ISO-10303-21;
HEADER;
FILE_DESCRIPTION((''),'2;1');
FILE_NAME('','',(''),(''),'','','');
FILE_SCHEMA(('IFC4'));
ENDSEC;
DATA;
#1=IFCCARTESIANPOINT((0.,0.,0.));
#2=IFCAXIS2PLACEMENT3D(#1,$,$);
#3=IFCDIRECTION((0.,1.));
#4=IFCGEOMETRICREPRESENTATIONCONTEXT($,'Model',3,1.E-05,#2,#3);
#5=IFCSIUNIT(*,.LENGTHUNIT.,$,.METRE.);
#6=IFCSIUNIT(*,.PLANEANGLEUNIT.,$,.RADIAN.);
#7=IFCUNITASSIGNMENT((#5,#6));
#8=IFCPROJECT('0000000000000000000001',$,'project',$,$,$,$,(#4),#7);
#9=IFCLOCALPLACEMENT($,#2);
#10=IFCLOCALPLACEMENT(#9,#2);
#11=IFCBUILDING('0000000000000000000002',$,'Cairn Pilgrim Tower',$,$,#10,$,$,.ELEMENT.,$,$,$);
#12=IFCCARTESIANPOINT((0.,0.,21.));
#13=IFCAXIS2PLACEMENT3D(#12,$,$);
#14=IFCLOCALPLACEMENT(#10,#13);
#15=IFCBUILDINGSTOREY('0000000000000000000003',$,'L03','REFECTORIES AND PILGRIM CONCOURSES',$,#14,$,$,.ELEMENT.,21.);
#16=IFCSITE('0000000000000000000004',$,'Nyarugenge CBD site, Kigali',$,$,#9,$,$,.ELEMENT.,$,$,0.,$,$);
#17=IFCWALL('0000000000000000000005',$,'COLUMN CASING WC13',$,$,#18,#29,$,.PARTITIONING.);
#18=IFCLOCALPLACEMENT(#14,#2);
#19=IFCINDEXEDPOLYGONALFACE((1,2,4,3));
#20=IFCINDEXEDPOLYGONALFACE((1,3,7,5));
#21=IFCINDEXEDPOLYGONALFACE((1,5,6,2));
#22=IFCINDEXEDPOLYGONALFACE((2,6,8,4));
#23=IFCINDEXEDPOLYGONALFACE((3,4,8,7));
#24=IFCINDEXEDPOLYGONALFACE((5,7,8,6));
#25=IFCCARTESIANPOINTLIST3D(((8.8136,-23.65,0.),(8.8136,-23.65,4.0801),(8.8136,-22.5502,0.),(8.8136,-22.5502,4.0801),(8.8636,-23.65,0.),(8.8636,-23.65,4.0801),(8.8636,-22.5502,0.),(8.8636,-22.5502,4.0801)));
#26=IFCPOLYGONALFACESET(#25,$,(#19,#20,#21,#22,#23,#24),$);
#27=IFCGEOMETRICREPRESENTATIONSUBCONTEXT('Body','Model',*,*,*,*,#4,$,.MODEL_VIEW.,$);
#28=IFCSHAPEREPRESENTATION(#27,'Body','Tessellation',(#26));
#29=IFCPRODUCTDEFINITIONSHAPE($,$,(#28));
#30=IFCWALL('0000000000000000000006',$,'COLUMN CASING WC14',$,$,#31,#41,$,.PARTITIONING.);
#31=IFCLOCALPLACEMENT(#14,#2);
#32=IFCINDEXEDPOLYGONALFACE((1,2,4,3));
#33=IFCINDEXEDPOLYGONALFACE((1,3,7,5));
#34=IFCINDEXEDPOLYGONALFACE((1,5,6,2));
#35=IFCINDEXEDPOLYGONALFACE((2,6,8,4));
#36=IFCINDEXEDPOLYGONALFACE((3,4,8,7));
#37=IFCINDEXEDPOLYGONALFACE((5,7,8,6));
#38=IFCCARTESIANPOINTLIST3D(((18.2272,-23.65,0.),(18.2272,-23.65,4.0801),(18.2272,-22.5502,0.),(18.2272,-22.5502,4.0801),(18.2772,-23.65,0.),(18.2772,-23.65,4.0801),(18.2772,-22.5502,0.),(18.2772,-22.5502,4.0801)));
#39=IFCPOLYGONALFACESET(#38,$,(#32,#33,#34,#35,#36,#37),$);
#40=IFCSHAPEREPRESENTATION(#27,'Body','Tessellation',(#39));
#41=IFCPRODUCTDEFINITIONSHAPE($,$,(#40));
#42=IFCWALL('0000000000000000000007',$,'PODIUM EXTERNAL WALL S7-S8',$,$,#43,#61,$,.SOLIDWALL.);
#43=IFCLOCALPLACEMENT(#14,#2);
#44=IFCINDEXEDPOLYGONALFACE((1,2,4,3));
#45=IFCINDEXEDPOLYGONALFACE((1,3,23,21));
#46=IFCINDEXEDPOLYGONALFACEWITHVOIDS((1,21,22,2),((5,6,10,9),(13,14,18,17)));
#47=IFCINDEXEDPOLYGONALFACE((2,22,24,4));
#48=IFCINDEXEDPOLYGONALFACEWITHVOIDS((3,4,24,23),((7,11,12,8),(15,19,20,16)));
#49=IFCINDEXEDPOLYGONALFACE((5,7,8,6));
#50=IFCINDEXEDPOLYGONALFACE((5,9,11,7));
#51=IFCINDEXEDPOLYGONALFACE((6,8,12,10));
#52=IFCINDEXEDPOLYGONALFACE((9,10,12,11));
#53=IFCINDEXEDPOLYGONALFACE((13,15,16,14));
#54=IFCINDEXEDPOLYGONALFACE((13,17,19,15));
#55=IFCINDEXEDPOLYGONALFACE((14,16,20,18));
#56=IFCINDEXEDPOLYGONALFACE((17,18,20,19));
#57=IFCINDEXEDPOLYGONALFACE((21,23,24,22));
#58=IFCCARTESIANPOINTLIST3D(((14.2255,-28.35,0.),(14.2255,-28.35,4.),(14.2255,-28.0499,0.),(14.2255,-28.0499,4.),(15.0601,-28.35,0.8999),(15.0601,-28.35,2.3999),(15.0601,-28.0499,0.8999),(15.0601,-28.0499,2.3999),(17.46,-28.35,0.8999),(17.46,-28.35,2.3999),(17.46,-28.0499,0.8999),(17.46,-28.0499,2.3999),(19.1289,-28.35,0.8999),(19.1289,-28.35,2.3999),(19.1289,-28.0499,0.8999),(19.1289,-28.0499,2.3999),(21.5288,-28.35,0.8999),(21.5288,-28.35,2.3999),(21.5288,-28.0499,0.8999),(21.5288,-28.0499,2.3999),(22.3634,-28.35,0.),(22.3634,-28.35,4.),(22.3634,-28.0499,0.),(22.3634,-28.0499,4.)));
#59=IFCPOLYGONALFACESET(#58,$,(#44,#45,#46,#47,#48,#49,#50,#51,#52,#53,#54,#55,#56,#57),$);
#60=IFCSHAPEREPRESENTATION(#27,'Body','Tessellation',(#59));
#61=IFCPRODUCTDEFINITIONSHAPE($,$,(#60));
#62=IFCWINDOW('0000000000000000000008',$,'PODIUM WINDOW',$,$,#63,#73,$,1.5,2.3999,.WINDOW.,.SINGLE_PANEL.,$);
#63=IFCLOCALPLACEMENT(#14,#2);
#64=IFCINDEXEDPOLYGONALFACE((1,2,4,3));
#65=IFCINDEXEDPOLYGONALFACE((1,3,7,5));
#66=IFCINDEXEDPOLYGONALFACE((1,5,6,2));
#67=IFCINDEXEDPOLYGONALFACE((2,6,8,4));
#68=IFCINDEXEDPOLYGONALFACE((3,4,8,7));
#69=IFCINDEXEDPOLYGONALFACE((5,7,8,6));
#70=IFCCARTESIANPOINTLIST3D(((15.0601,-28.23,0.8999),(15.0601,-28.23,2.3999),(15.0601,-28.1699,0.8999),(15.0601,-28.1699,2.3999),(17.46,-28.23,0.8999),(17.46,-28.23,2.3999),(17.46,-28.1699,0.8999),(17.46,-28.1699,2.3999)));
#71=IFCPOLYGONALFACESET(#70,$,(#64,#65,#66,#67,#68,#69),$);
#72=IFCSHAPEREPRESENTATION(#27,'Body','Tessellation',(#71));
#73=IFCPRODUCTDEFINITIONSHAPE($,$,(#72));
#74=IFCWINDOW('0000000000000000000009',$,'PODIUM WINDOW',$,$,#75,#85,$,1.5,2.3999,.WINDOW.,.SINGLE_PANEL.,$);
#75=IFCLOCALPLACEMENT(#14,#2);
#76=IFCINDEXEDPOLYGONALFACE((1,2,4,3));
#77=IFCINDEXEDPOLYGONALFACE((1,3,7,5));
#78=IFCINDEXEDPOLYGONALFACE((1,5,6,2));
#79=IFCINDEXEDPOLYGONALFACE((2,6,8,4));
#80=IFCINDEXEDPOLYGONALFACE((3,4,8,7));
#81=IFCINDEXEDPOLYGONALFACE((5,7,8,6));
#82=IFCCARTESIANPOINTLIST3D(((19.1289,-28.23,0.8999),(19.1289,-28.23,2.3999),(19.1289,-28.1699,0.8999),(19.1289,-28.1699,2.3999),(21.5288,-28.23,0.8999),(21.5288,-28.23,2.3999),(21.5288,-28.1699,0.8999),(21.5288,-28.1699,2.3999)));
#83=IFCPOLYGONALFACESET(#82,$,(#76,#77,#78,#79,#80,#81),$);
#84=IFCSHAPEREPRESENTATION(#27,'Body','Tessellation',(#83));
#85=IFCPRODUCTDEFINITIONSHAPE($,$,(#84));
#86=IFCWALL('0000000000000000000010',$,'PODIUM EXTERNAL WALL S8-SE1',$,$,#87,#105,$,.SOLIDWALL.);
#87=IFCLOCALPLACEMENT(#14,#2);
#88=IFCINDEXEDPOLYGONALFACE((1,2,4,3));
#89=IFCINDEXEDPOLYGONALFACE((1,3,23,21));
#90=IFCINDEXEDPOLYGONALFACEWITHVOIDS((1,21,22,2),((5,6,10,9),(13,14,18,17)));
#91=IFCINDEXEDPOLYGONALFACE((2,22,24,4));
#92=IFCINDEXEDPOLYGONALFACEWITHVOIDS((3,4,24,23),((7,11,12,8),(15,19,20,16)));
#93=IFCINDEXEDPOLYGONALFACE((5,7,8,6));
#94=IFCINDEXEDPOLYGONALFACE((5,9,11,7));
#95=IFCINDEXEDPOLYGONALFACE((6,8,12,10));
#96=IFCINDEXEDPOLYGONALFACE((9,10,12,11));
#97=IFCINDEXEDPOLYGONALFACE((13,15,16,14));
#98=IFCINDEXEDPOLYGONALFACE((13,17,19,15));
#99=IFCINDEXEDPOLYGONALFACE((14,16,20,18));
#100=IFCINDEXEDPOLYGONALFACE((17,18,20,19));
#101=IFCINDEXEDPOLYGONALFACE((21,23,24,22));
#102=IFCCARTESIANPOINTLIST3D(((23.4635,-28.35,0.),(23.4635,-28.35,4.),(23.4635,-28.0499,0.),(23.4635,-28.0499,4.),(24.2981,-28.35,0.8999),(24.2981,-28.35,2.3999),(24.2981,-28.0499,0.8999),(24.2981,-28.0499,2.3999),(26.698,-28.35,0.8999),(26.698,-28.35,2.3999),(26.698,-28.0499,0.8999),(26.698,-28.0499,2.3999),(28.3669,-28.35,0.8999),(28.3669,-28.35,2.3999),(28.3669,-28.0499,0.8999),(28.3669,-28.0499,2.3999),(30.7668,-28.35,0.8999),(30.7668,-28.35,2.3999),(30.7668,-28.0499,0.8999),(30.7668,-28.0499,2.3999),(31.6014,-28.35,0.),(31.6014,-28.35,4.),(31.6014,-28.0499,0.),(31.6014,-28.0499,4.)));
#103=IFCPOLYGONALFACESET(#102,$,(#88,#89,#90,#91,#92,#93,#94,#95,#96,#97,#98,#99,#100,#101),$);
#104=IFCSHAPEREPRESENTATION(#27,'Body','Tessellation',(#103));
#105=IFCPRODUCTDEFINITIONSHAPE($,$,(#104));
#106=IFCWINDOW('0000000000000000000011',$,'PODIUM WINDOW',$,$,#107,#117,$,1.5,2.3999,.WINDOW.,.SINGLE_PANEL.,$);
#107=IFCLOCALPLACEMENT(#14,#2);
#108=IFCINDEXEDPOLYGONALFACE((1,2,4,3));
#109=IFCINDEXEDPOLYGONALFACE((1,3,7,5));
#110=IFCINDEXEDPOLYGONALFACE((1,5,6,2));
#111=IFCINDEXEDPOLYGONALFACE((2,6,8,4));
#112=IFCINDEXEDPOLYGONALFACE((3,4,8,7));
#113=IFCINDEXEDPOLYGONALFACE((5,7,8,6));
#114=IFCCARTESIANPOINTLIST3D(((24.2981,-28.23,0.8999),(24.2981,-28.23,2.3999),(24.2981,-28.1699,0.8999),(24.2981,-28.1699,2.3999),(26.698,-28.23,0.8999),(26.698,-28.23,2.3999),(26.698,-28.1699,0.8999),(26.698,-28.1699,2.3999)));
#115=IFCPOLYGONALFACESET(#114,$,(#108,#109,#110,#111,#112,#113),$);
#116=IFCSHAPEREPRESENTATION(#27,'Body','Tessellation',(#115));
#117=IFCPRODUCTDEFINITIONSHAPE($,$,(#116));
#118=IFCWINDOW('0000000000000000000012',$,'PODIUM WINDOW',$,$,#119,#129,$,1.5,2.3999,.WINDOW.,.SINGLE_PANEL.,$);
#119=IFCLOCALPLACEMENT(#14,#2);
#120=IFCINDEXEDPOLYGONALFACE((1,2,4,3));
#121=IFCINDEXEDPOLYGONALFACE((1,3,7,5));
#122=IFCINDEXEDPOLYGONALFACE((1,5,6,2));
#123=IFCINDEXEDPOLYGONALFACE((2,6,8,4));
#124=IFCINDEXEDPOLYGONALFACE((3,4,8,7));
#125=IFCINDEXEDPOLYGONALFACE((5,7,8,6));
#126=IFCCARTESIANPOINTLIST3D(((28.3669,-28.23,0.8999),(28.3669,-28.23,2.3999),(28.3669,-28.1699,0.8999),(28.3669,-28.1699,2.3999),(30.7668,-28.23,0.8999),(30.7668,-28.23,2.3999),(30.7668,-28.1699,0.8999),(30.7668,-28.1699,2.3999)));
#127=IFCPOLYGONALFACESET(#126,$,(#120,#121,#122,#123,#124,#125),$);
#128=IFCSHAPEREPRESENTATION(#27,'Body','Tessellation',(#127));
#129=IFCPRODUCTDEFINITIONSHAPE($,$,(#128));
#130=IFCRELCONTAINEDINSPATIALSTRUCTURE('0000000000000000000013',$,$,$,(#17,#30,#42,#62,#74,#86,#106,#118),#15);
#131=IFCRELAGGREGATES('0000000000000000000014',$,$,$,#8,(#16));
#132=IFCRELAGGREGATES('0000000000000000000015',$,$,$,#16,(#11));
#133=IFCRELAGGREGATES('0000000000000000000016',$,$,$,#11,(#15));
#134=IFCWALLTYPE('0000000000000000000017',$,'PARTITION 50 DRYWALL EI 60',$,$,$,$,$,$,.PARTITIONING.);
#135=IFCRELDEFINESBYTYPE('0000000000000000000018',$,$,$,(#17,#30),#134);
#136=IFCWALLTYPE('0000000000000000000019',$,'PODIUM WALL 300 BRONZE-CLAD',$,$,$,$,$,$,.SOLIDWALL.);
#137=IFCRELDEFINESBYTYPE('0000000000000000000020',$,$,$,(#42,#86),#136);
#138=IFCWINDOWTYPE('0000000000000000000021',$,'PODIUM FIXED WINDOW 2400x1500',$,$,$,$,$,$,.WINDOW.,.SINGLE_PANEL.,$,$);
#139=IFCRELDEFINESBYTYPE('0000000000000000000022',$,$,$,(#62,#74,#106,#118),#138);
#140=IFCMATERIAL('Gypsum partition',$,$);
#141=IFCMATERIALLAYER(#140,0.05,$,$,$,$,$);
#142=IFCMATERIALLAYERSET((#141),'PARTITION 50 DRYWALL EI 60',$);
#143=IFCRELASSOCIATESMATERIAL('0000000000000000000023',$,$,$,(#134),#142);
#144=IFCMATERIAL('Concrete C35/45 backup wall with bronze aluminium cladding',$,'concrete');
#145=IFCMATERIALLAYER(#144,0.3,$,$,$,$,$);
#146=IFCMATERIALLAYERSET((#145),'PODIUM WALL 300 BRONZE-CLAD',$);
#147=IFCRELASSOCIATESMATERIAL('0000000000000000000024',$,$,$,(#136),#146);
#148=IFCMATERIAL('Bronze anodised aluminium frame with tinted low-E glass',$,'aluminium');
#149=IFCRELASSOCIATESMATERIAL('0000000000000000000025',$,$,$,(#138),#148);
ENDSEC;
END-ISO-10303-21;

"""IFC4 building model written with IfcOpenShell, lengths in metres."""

from ifc_helpers import new_model, si_unit, direction, frame, frame_2d, origin, place, context, subcontext, project, spatial, rectangle, extrude, material, layer, layer_set, type_object, element, fill, save


model = new_model("IFC4")

# Units and contexts
model_context = context("Model", 3, precision=1e-05, world=origin(), true_north=direction((0.0, 1.0)))
body_context = subcontext(model_context, "Body", "Model", "MODEL_VIEW")
ifc_project = project(units=[si_unit("LENGTHUNIT", "METRE"), si_unit("PLANEANGLEUNIT", "RADIAN")], contexts=[model_context])

# Site, building, storey
site_placement = place(None, origin())
site = spatial("IfcSite", under=ifc_project, at=site_placement, Name="Nyarugenge CBD site, Kigali", CompositionType="ELEMENT", RefElevation=0.0)
building_placement = place(site_placement, origin())
building = spatial("IfcBuilding", under=site, at=building_placement, Name="Cairn Pilgrim Tower", CompositionType="ELEMENT")
storey_placement = place(building_placement, frame((0.0, 0.0, 21.0)))
storey = spatial("IfcBuildingStorey", under=building, at=storey_placement, Name="L03", Description="REFECTORIES AND PILGRIM CONCOURSES", CompositionType="ELEMENT", Elevation=21.0)

# Walls
ifc_material_1 = material(Name="Gypsum partition")
ifc_layer_1 = layer(ifc_material_1, 0.05)
ifc_layer_set_1 = layer_set([ifc_layer_1], Name="PARTITION 50 DRYWALL EI 60")
wall_type_1 = type_object("IfcWallType", Name="PARTITION 50 DRYWALL EI 60", PredefinedType="PARTITIONING", material=ifc_layer_set_1)
for number, where, z_axis, x_axis, name in (
    (1, (8.8386, -23.6499, 0.0), (0.0, 0.0, 1.0), (0.0, 1.0, 0.0), "COLUMN CASING WC13"),
    (2, (18.2522, -23.6499, 0.0), (0.0, 0.0, 1.0), (0.0, 1.0, 0.0), "COLUMN CASING WC14"),
):
    element("IfcWall", number, at=place(storey_placement, frame(where, z_axis=z_axis, x_axis=x_axis)), inside=storey, type_object=wall_type_1, Name=name, PredefinedType="PARTITIONING", context=body_context, shape_type="SweptSolid", body=[
        extrude(rectangle(XDim=1.0999, YDim=0.05, at=frame_2d((0.5498, 0.0))), origin(), (0.0, 0.0, 1.0), 4.0801),
    ])

# Walls, openings, windows
ifc_material_2 = material(Name="Concrete C35/45 backup wall with bronze aluminium cladding", Category="concrete")
ifc_layer_2 = layer(ifc_material_2, 0.3)
ifc_layer_set_2 = layer_set([ifc_layer_2], Name="PODIUM WALL 300 BRONZE-CLAD")
wall_type_2 = type_object("IfcWallType", Name="PODIUM WALL 300 BRONZE-CLAD", PredefinedType="SOLIDWALL", material=ifc_layer_set_2)
wall_1_placement = place(storey_placement, frame((14.2256, -28.2, 0.0), z_axis=(0.0, 0.0, 1.0), x_axis=(1.0, 0.0, 0.0)))
wall_1 = element("IfcWall", 3, at=wall_1_placement, inside=storey, type_object=wall_type_2, Name="PODIUM EXTERNAL WALL S7-S8", PredefinedType="SOLIDWALL", context=body_context, shape_type="SweptSolid", body=[
    extrude(rectangle(XDim=8.1379, YDim=0.3, at=frame_2d((4.0688, 0.0))), origin(), (0.0, 0.0, 1.0), 4.0),
])
opening_1_placement = place(wall_1_placement, frame((0.8345, 0.0, 0.8999)))
opening_1 = element("IfcOpeningElement", 4, at=opening_1_placement, cuts=wall_1, PredefinedType="OPENING", context=body_context, shape_type="SweptSolid", body=[
    extrude(rectangle(XDim=2.3999, YDim=1.5, at=frame_2d((1.2, 0.75))), frame((0.0, 0.1602, 0.0), z_axis=(0.0, -1.0, 0.0), x_axis=(1.0, 0.0, 0.0)), (0.0, 0.0, 1.0), 0.3201),
])
opening_2_placement = place(wall_1_placement, frame((4.9033, 0.0, 0.8999)))
opening_2 = element("IfcOpeningElement", 5, at=opening_2_placement, cuts=wall_1, PredefinedType="OPENING", context=body_context, shape_type="SweptSolid", body=[
    extrude(rectangle(XDim=2.3999, YDim=1.5, at=frame_2d((1.2, 0.75))), frame((0.0, 0.1602, 0.0), z_axis=(0.0, -1.0, 0.0), x_axis=(1.0, 0.0, 0.0)), (0.0, 0.0, 1.0), 0.3201),
])
ifc_material_3 = material(Name="Bronze anodised aluminium frame with tinted low-E glass", Category="aluminium")
window_type = type_object("IfcWindowType", Name="PODIUM FIXED WINDOW 2400x1500", PartitioningType="SINGLE_PANEL", PredefinedType="WINDOW", material=ifc_material_3)
window_1_placement = place(opening_1_placement, origin())
window_1 = element("IfcWindow", 6, at=window_1_placement, inside=storey, type_object=window_type, Name="PODIUM WINDOW", OverallHeight=1.5, OverallWidth=2.3999, PartitioningType="SINGLE_PANEL", PredefinedType="WINDOW", context=body_context, shape_type="SweptSolid", body=[
    extrude(rectangle(XDim=2.3999, YDim=1.5, at=frame_2d((1.2, 0.75))), frame((0.0, 0.03, 0.0), z_axis=(0.0, -1.0, 0.0), x_axis=(1.0, 0.0, 0.0)), (0.0, 0.0, 1.0), 0.0601),
])
fill(opening_1, window_1)
window_2_placement = place(opening_2_placement, origin())
window_2 = element("IfcWindow", 7, at=window_2_placement, inside=storey, type_object=window_type, Name="PODIUM WINDOW", OverallHeight=1.5, OverallWidth=2.3999, PartitioningType="SINGLE_PANEL", PredefinedType="WINDOW", context=body_context, shape_type="SweptSolid", body=[
    extrude(rectangle(XDim=2.3999, YDim=1.5, at=frame_2d((1.2, 0.75))), frame((0.0, 0.03, 0.0), z_axis=(0.0, -1.0, 0.0), x_axis=(1.0, 0.0, 0.0)), (0.0, 0.0, 1.0), 0.0601),
])
fill(opening_2, window_2)
wall_2_placement = place(storey_placement, frame((23.4636, -28.2, 0.0), z_axis=(0.0, 0.0, 1.0), x_axis=(1.0, 0.0, 0.0)))
wall_2 = element("IfcWall", 8, at=wall_2_placement, inside=storey, type_object=wall_type_2, Name="PODIUM EXTERNAL WALL S8-SE1", PredefinedType="SOLIDWALL", context=body_context, shape_type="SweptSolid", body=[
    extrude(rectangle(XDim=8.1379, YDim=0.3, at=frame_2d((4.0688, 0.0))), origin(), (0.0, 0.0, 1.0), 4.0),
])
opening_3_placement = place(wall_2_placement, frame((0.8345, 0.0, 0.8999)))
opening_3 = element("IfcOpeningElement", 9, at=opening_3_placement, cuts=wall_2, PredefinedType="OPENING", context=body_context, shape_type="SweptSolid", body=[
    extrude(rectangle(XDim=2.3999, YDim=1.5, at=frame_2d((1.2, 0.75))), frame((0.0, 0.1602, 0.0), z_axis=(0.0, -1.0, 0.0), x_axis=(1.0, 0.0, 0.0)), (0.0, 0.0, 1.0), 0.3201),
])
opening_4_placement = place(wall_2_placement, frame((4.9033, 0.0, 0.8999)))
opening_4 = element("IfcOpeningElement", 10, at=opening_4_placement, cuts=wall_2, PredefinedType="OPENING", context=body_context, shape_type="SweptSolid", body=[
    extrude(rectangle(XDim=2.3999, YDim=1.5, at=frame_2d((1.2, 0.75))), frame((0.0, 0.1602, 0.0), z_axis=(0.0, -1.0, 0.0), x_axis=(1.0, 0.0, 0.0)), (0.0, 0.0, 1.0), 0.3201),
])
window_3_placement = place(opening_3_placement, origin())
window_3 = element("IfcWindow", 11, at=window_3_placement, inside=storey, type_object=window_type, Name="PODIUM WINDOW", OverallHeight=1.5, OverallWidth=2.3999, PartitioningType="SINGLE_PANEL", PredefinedType="WINDOW", context=body_context, shape_type="SweptSolid", body=[
    extrude(rectangle(XDim=2.3999, YDim=1.5, at=frame_2d((1.2, 0.75))), frame((0.0, 0.03, 0.0), z_axis=(0.0, -1.0, 0.0), x_axis=(1.0, 0.0, 0.0)), (0.0, 0.0, 1.0), 0.0601),
])
fill(opening_3, window_3)
window_4_placement = place(opening_4_placement, origin())
window_4 = element("IfcWindow", 12, at=window_4_placement, inside=storey, type_object=window_type, Name="PODIUM WINDOW", OverallHeight=1.5, OverallWidth=2.3999, PartitioningType="SINGLE_PANEL", PredefinedType="WINDOW", context=body_context, shape_type="SweptSolid", body=[
    extrude(rectangle(XDim=2.3999, YDim=1.5, at=frame_2d((1.2, 0.75))), frame((0.0, 0.03, 0.0), z_axis=(0.0, -1.0, 0.0), x_axis=(1.0, 0.0, 0.0)), (0.0, 0.0, 1.0), 0.0601),
])
fill(opening_4, window_4)

save(model, "model.ifc")
